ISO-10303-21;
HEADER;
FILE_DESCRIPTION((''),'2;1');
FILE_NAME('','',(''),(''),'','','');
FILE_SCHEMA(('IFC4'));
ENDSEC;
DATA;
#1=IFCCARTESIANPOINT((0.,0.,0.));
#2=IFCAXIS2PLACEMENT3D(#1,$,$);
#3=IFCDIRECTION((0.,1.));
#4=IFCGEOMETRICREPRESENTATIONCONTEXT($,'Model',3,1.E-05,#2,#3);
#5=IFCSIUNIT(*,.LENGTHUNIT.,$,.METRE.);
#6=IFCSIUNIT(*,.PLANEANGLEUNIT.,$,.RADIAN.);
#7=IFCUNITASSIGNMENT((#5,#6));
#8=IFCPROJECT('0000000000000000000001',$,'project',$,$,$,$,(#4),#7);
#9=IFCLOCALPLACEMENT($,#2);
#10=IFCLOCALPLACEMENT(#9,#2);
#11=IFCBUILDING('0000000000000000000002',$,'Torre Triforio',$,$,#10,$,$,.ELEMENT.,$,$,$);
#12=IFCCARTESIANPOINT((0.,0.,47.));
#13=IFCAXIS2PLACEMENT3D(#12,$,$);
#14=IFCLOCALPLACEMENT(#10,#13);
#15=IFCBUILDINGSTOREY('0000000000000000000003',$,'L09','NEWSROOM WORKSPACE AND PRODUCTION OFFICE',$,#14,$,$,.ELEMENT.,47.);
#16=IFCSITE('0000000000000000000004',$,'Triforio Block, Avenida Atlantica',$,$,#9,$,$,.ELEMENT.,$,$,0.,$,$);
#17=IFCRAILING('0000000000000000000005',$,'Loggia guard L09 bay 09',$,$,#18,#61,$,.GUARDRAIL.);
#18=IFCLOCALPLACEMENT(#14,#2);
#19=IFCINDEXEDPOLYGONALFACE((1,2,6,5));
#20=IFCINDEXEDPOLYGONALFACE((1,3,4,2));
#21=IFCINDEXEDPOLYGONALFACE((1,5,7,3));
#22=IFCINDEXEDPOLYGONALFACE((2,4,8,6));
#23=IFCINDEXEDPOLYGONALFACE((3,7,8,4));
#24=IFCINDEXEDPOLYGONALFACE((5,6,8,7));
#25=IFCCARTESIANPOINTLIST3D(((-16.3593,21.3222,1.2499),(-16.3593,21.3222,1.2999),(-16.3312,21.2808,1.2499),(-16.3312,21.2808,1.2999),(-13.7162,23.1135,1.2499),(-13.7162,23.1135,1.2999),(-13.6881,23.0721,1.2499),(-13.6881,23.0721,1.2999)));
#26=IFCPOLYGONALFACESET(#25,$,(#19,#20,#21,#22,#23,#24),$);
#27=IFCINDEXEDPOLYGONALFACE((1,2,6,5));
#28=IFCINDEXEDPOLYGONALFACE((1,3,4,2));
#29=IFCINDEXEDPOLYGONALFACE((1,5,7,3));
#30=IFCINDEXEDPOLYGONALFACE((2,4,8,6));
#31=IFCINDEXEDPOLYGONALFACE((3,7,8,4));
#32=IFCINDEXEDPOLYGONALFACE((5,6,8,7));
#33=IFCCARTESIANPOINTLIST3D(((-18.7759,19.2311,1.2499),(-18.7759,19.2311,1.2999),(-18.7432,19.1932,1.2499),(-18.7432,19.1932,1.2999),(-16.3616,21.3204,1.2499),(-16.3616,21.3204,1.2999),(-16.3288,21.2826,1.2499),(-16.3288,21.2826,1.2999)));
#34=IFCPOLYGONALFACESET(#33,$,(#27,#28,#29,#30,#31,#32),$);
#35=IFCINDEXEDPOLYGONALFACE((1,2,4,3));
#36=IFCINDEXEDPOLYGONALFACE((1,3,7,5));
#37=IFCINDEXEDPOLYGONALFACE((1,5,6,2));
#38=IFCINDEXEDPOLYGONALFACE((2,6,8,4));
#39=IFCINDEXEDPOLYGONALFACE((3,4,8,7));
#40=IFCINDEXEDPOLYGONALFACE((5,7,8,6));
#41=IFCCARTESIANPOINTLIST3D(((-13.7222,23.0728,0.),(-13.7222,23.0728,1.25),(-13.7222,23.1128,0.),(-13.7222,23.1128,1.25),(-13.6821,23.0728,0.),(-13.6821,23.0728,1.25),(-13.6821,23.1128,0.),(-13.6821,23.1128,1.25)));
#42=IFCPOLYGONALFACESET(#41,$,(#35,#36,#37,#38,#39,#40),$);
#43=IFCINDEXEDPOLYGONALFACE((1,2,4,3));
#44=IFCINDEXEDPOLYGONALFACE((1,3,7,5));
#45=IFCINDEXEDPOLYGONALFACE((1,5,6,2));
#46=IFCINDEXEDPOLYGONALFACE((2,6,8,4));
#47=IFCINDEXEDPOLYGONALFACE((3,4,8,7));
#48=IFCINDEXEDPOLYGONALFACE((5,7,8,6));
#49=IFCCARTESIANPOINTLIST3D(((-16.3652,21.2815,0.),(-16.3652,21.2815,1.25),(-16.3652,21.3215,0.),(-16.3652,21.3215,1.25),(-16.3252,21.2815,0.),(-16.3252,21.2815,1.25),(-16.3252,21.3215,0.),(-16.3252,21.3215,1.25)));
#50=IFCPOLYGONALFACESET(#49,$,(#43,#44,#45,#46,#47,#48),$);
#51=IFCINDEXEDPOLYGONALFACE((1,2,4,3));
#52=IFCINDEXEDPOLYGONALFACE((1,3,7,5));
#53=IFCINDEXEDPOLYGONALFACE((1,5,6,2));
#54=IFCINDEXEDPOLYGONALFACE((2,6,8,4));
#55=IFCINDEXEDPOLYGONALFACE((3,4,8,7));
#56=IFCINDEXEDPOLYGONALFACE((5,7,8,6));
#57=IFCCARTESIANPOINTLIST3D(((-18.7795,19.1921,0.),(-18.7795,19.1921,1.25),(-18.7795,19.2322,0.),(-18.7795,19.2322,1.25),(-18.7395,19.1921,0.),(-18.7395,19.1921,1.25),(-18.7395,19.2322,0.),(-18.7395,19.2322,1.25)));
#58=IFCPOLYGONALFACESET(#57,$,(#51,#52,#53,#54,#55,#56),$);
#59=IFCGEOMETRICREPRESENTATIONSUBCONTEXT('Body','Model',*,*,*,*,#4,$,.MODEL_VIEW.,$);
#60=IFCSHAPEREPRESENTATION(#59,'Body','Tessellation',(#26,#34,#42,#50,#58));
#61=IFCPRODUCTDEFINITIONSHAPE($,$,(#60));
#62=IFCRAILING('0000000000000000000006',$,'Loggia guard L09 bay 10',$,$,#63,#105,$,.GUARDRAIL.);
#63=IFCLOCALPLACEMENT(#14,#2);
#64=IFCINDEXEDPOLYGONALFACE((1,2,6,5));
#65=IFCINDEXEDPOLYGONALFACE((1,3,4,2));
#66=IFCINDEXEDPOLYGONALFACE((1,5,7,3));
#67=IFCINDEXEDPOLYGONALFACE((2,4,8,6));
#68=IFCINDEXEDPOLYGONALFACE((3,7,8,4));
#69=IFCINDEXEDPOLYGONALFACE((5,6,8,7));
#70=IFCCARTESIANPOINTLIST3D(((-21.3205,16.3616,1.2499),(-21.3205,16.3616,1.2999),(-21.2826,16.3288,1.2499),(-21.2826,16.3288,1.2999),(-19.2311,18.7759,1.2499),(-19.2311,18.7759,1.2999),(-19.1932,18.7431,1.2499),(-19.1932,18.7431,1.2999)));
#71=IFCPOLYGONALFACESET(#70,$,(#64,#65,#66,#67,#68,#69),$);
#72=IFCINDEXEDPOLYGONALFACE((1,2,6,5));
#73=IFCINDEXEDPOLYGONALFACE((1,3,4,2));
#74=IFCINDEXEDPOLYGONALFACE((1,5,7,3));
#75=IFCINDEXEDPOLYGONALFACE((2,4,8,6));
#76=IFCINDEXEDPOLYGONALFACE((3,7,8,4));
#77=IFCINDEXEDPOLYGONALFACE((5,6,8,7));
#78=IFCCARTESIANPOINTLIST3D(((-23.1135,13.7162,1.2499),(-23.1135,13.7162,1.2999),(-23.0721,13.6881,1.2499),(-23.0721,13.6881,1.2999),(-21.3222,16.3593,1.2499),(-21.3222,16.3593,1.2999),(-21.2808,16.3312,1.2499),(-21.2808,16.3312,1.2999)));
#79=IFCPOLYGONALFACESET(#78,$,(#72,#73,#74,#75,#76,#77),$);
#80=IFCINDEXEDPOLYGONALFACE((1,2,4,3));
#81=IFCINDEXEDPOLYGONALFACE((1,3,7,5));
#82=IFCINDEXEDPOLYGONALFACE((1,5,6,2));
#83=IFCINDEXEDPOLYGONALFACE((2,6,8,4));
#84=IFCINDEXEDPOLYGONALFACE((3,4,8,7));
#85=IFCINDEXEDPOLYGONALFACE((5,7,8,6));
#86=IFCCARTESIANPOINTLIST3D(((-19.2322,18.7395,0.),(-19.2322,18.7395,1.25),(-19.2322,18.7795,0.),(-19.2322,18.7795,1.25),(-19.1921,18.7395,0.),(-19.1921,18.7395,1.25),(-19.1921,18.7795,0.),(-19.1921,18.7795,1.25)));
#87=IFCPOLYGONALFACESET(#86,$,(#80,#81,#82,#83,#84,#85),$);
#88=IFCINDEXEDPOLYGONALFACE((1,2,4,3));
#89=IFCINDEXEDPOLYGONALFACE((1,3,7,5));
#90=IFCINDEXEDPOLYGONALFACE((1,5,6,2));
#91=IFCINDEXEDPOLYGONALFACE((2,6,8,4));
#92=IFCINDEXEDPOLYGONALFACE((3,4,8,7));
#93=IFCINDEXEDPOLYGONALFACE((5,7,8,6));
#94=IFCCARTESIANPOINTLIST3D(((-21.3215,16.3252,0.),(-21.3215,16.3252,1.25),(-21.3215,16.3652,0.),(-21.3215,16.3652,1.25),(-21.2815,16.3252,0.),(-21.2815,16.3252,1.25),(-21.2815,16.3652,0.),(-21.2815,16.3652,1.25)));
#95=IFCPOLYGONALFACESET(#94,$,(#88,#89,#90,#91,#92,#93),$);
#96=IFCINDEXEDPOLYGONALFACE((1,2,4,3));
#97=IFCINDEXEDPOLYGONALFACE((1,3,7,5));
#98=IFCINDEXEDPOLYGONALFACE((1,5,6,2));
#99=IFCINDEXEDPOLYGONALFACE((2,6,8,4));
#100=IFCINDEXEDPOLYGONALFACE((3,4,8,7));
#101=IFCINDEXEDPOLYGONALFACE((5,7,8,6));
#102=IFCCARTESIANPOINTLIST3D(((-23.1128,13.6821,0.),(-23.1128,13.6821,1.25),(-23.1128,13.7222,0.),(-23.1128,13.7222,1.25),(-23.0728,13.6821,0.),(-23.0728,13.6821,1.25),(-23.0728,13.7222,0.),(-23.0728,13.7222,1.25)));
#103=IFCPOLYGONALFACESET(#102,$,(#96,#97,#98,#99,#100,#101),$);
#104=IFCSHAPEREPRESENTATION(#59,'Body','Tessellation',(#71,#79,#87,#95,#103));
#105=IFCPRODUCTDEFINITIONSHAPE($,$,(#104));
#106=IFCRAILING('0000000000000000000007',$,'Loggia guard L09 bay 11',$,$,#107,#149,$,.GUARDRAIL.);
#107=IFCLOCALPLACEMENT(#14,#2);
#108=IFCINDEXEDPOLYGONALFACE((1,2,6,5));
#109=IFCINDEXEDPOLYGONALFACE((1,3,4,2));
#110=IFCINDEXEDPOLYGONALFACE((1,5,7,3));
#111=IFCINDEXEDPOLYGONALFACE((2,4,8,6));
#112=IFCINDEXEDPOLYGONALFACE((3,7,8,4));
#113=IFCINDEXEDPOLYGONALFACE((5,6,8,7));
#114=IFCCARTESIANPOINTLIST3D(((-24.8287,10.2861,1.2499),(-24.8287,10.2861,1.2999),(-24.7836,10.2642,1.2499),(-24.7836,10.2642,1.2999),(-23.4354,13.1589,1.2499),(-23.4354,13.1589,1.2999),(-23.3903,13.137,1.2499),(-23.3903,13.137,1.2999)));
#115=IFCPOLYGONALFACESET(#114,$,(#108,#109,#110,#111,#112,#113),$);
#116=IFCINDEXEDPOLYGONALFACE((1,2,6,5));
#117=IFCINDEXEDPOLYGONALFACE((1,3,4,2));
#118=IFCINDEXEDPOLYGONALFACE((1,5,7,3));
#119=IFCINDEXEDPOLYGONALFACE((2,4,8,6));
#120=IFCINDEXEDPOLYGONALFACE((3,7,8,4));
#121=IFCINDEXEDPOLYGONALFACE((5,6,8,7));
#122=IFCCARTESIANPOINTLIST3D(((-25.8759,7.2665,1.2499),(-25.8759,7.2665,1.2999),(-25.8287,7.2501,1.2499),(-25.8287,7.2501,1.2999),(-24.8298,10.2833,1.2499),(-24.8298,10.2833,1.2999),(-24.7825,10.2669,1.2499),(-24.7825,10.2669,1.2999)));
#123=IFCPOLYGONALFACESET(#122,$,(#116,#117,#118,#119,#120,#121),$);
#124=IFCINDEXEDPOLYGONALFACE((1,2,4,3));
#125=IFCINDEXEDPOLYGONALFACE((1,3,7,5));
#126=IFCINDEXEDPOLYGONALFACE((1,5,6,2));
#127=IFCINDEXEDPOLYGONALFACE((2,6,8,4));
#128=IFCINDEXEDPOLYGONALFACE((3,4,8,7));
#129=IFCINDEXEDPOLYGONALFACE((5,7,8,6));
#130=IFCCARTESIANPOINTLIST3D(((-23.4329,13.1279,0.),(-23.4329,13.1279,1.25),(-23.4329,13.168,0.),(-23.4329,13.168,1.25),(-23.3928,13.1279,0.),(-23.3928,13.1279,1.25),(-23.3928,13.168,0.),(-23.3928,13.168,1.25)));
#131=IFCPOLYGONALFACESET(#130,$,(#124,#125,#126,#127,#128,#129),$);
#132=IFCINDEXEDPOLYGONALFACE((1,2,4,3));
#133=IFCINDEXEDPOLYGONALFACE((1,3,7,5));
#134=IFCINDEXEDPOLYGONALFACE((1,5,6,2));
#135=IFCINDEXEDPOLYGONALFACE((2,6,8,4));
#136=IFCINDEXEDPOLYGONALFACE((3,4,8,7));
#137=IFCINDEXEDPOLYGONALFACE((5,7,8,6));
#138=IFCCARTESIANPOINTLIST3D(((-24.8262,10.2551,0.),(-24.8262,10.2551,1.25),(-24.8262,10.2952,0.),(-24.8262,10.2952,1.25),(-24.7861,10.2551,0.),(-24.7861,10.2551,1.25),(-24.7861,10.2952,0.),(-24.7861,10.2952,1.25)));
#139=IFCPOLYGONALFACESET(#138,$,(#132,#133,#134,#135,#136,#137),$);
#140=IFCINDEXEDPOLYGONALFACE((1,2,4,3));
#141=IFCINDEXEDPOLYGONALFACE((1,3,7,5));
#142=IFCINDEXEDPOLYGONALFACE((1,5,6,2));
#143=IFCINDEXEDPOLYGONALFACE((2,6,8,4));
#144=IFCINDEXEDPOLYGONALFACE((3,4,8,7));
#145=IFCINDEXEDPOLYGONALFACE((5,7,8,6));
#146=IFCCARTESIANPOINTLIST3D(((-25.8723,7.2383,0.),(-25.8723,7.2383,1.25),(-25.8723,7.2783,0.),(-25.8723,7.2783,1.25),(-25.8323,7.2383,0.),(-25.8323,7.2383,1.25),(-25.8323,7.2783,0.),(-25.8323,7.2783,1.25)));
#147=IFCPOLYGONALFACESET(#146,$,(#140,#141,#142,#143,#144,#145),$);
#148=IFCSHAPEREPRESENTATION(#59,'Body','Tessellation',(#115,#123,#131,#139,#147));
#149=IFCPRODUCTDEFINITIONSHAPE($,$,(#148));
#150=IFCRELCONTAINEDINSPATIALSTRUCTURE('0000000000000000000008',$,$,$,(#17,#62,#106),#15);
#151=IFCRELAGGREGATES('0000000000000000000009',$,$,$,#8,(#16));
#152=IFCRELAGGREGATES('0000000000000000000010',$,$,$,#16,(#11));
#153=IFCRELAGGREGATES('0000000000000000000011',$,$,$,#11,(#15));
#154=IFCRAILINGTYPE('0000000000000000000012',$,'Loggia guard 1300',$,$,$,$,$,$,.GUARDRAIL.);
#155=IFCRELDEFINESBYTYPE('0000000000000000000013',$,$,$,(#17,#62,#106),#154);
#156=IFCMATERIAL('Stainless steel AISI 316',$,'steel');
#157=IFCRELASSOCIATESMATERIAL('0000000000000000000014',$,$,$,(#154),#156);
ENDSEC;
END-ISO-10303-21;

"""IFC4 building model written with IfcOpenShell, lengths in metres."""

from ifc_helpers import new_model, si_unit, direction, frame, origin, origin_2d, place, context, subcontext, project, spatial, rectangle, extrude, material, type_object, element, save


model = new_model("IFC4")

# Units and contexts
model_context = context("Model", 3, precision=1e-05, world=origin(), true_north=direction((0.0, 1.0)))
body_context = subcontext(model_context, "Body", "Model", "MODEL_VIEW")
ifc_project = project(units=[si_unit("LENGTHUNIT", "METRE"), si_unit("PLANEANGLEUNIT", "RADIAN")], contexts=[model_context])

# Site, building, storey
site_placement = place(None, origin())
site = spatial("IfcSite", under=ifc_project, at=site_placement, Name="Triforio Block, Avenida Atlantica", CompositionType="ELEMENT", RefElevation=0.0)
building_placement = place(site_placement, origin())
building = spatial("IfcBuilding", under=site, at=building_placement, Name="Torre Triforio", CompositionType="ELEMENT")
storey_placement = place(building_placement, frame((0.0, 0.0, 47.0)))
storey = spatial("IfcBuildingStorey", under=building, at=storey_placement, Name="L09", Description="NEWSROOM WORKSPACE AND PRODUCTION OFFICE", CompositionType="ELEMENT", Elevation=47.0)

# Railings
ifc_material_1 = material(Name="Stainless steel AISI 316", Category="steel")
railing_type = type_object("IfcRailingType", Name="Loggia guard 1300", PredefinedType="GUARDRAIL", material=ifc_material_1)
railing_1_placement = place(storey_placement, frame((-13.7021, 23.0928, 0.0)))
element("IfcRailing", 1, at=railing_1_placement, inside=storey, type_object=railing_type, Name="Loggia guard L09 bay 09", PredefinedType="GUARDRAIL", context=body_context, shape_type="SweptSolid", body=[
    extrude(rectangle(XDim=0.05, YDim=0.05, at=origin_2d()), frame((0.0, 0.0, 1.2749), z_axis=(-0.827803, -0.561019, 0.0), x_axis=(0.561019, -0.827803, 0.0)), (0.0, 0.0, 1.0), 3.1929),
    extrude(rectangle(XDim=0.05, YDim=0.05, at=origin_2d()), frame((-2.6431, -1.7913, 1.2749), z_axis=(-0.756161, -0.654386, 0.0), x_axis=(0.654386, -0.756161, 0.0)), (0.0, 0.0, 1.0), 3.1929),
    extrude(rectangle(XDim=0.04, YDim=0.04, at=origin_2d()), origin(), (0.0, 0.0, 1.0), 1.25),
    extrude(rectangle(XDim=0.04, YDim=0.04, at=origin_2d()), frame((-2.6431, -1.7913, 0.0)), (0.0, 0.0, 1.0), 1.25),
    extrude(rectangle(XDim=0.04, YDim=0.04, at=origin_2d()), frame((-5.0574, -3.8806, 0.0)), (0.0, 0.0, 1.0), 1.25),
])
railing_2_placement = place(storey_placement, frame((-19.2122, 18.7595, 0.0)))
element("IfcRailing", 2, at=railing_2_placement, inside=storey, type_object=railing_type, Name="Loggia guard L09 bay 10", PredefinedType="GUARDRAIL", context=body_context, shape_type="SweptSolid", body=[
    extrude(rectangle(XDim=0.05, YDim=0.05, at=origin_2d()), frame((0.0, 0.0, 1.2749), z_axis=(-0.654386, -0.756161, 0.0), x_axis=(0.756161, -0.654386, 0.0)), (0.0, 0.0, 1.0), 3.1929),
    extrude(rectangle(XDim=0.05, YDim=0.05, at=origin_2d()), frame((-2.0894, -2.4143, 1.2749), z_axis=(-0.561019, -0.827803, 0.0), x_axis=(0.827803, -0.561019, 0.0)), (0.0, 0.0, 1.0), 3.1929),
    extrude(rectangle(XDim=0.04, YDim=0.04, at=origin_2d()), origin(), (0.0, 0.0, 1.0), 1.25),
    extrude(rectangle(XDim=0.04, YDim=0.04, at=origin_2d()), frame((-2.0894, -2.4143, 0.0)), (0.0, 0.0, 1.0), 1.25),
    extrude(rectangle(XDim=0.04, YDim=0.04, at=origin_2d()), frame((-3.8806, -5.0574, 0.0)), (0.0, 0.0, 1.0), 1.25),
])
railing_3_placement = place(storey_placement, frame((-23.4128, 13.1479, 0.0)))
element("IfcRailing", 3, at=railing_3_placement, inside=storey, type_object=railing_type, Name="Loggia guard L09 bay 11", PredefinedType="GUARDRAIL", context=body_context, shape_type="SweptSolid", body=[
    extrude(rectangle(XDim=0.05, YDim=0.05, at=origin_2d()), frame((0.0, 0.0, 1.2749), z_axis=(-0.436384, -0.89976, 0.0), x_axis=(0.89976, -0.436384, 0.0)), (0.0, 0.0, 1.0), 3.1929),
    extrude(rectangle(XDim=0.05, YDim=0.05, at=origin_2d()), frame((-1.3933, -2.8728, 1.2749), z_axis=(-0.327628, -0.944807, 0.0), x_axis=(0.944807, -0.327628, 0.0)), (0.0, 0.0, 1.0), 3.1931),
    extrude(rectangle(XDim=0.04, YDim=0.04, at=origin_2d()), origin(), (0.0, 0.0, 1.0), 1.25),
    extrude(rectangle(XDim=0.04, YDim=0.04, at=origin_2d()), frame((-1.3933, -2.8728, 0.0)), (0.0, 0.0, 1.0), 1.25),
    extrude(rectangle(XDim=0.04, YDim=0.04, at=origin_2d()), frame((-2.4395, -5.8896, 0.0)), (0.0, 0.0, 1.0), 1.25),
])

save(model, "model.ifc")
